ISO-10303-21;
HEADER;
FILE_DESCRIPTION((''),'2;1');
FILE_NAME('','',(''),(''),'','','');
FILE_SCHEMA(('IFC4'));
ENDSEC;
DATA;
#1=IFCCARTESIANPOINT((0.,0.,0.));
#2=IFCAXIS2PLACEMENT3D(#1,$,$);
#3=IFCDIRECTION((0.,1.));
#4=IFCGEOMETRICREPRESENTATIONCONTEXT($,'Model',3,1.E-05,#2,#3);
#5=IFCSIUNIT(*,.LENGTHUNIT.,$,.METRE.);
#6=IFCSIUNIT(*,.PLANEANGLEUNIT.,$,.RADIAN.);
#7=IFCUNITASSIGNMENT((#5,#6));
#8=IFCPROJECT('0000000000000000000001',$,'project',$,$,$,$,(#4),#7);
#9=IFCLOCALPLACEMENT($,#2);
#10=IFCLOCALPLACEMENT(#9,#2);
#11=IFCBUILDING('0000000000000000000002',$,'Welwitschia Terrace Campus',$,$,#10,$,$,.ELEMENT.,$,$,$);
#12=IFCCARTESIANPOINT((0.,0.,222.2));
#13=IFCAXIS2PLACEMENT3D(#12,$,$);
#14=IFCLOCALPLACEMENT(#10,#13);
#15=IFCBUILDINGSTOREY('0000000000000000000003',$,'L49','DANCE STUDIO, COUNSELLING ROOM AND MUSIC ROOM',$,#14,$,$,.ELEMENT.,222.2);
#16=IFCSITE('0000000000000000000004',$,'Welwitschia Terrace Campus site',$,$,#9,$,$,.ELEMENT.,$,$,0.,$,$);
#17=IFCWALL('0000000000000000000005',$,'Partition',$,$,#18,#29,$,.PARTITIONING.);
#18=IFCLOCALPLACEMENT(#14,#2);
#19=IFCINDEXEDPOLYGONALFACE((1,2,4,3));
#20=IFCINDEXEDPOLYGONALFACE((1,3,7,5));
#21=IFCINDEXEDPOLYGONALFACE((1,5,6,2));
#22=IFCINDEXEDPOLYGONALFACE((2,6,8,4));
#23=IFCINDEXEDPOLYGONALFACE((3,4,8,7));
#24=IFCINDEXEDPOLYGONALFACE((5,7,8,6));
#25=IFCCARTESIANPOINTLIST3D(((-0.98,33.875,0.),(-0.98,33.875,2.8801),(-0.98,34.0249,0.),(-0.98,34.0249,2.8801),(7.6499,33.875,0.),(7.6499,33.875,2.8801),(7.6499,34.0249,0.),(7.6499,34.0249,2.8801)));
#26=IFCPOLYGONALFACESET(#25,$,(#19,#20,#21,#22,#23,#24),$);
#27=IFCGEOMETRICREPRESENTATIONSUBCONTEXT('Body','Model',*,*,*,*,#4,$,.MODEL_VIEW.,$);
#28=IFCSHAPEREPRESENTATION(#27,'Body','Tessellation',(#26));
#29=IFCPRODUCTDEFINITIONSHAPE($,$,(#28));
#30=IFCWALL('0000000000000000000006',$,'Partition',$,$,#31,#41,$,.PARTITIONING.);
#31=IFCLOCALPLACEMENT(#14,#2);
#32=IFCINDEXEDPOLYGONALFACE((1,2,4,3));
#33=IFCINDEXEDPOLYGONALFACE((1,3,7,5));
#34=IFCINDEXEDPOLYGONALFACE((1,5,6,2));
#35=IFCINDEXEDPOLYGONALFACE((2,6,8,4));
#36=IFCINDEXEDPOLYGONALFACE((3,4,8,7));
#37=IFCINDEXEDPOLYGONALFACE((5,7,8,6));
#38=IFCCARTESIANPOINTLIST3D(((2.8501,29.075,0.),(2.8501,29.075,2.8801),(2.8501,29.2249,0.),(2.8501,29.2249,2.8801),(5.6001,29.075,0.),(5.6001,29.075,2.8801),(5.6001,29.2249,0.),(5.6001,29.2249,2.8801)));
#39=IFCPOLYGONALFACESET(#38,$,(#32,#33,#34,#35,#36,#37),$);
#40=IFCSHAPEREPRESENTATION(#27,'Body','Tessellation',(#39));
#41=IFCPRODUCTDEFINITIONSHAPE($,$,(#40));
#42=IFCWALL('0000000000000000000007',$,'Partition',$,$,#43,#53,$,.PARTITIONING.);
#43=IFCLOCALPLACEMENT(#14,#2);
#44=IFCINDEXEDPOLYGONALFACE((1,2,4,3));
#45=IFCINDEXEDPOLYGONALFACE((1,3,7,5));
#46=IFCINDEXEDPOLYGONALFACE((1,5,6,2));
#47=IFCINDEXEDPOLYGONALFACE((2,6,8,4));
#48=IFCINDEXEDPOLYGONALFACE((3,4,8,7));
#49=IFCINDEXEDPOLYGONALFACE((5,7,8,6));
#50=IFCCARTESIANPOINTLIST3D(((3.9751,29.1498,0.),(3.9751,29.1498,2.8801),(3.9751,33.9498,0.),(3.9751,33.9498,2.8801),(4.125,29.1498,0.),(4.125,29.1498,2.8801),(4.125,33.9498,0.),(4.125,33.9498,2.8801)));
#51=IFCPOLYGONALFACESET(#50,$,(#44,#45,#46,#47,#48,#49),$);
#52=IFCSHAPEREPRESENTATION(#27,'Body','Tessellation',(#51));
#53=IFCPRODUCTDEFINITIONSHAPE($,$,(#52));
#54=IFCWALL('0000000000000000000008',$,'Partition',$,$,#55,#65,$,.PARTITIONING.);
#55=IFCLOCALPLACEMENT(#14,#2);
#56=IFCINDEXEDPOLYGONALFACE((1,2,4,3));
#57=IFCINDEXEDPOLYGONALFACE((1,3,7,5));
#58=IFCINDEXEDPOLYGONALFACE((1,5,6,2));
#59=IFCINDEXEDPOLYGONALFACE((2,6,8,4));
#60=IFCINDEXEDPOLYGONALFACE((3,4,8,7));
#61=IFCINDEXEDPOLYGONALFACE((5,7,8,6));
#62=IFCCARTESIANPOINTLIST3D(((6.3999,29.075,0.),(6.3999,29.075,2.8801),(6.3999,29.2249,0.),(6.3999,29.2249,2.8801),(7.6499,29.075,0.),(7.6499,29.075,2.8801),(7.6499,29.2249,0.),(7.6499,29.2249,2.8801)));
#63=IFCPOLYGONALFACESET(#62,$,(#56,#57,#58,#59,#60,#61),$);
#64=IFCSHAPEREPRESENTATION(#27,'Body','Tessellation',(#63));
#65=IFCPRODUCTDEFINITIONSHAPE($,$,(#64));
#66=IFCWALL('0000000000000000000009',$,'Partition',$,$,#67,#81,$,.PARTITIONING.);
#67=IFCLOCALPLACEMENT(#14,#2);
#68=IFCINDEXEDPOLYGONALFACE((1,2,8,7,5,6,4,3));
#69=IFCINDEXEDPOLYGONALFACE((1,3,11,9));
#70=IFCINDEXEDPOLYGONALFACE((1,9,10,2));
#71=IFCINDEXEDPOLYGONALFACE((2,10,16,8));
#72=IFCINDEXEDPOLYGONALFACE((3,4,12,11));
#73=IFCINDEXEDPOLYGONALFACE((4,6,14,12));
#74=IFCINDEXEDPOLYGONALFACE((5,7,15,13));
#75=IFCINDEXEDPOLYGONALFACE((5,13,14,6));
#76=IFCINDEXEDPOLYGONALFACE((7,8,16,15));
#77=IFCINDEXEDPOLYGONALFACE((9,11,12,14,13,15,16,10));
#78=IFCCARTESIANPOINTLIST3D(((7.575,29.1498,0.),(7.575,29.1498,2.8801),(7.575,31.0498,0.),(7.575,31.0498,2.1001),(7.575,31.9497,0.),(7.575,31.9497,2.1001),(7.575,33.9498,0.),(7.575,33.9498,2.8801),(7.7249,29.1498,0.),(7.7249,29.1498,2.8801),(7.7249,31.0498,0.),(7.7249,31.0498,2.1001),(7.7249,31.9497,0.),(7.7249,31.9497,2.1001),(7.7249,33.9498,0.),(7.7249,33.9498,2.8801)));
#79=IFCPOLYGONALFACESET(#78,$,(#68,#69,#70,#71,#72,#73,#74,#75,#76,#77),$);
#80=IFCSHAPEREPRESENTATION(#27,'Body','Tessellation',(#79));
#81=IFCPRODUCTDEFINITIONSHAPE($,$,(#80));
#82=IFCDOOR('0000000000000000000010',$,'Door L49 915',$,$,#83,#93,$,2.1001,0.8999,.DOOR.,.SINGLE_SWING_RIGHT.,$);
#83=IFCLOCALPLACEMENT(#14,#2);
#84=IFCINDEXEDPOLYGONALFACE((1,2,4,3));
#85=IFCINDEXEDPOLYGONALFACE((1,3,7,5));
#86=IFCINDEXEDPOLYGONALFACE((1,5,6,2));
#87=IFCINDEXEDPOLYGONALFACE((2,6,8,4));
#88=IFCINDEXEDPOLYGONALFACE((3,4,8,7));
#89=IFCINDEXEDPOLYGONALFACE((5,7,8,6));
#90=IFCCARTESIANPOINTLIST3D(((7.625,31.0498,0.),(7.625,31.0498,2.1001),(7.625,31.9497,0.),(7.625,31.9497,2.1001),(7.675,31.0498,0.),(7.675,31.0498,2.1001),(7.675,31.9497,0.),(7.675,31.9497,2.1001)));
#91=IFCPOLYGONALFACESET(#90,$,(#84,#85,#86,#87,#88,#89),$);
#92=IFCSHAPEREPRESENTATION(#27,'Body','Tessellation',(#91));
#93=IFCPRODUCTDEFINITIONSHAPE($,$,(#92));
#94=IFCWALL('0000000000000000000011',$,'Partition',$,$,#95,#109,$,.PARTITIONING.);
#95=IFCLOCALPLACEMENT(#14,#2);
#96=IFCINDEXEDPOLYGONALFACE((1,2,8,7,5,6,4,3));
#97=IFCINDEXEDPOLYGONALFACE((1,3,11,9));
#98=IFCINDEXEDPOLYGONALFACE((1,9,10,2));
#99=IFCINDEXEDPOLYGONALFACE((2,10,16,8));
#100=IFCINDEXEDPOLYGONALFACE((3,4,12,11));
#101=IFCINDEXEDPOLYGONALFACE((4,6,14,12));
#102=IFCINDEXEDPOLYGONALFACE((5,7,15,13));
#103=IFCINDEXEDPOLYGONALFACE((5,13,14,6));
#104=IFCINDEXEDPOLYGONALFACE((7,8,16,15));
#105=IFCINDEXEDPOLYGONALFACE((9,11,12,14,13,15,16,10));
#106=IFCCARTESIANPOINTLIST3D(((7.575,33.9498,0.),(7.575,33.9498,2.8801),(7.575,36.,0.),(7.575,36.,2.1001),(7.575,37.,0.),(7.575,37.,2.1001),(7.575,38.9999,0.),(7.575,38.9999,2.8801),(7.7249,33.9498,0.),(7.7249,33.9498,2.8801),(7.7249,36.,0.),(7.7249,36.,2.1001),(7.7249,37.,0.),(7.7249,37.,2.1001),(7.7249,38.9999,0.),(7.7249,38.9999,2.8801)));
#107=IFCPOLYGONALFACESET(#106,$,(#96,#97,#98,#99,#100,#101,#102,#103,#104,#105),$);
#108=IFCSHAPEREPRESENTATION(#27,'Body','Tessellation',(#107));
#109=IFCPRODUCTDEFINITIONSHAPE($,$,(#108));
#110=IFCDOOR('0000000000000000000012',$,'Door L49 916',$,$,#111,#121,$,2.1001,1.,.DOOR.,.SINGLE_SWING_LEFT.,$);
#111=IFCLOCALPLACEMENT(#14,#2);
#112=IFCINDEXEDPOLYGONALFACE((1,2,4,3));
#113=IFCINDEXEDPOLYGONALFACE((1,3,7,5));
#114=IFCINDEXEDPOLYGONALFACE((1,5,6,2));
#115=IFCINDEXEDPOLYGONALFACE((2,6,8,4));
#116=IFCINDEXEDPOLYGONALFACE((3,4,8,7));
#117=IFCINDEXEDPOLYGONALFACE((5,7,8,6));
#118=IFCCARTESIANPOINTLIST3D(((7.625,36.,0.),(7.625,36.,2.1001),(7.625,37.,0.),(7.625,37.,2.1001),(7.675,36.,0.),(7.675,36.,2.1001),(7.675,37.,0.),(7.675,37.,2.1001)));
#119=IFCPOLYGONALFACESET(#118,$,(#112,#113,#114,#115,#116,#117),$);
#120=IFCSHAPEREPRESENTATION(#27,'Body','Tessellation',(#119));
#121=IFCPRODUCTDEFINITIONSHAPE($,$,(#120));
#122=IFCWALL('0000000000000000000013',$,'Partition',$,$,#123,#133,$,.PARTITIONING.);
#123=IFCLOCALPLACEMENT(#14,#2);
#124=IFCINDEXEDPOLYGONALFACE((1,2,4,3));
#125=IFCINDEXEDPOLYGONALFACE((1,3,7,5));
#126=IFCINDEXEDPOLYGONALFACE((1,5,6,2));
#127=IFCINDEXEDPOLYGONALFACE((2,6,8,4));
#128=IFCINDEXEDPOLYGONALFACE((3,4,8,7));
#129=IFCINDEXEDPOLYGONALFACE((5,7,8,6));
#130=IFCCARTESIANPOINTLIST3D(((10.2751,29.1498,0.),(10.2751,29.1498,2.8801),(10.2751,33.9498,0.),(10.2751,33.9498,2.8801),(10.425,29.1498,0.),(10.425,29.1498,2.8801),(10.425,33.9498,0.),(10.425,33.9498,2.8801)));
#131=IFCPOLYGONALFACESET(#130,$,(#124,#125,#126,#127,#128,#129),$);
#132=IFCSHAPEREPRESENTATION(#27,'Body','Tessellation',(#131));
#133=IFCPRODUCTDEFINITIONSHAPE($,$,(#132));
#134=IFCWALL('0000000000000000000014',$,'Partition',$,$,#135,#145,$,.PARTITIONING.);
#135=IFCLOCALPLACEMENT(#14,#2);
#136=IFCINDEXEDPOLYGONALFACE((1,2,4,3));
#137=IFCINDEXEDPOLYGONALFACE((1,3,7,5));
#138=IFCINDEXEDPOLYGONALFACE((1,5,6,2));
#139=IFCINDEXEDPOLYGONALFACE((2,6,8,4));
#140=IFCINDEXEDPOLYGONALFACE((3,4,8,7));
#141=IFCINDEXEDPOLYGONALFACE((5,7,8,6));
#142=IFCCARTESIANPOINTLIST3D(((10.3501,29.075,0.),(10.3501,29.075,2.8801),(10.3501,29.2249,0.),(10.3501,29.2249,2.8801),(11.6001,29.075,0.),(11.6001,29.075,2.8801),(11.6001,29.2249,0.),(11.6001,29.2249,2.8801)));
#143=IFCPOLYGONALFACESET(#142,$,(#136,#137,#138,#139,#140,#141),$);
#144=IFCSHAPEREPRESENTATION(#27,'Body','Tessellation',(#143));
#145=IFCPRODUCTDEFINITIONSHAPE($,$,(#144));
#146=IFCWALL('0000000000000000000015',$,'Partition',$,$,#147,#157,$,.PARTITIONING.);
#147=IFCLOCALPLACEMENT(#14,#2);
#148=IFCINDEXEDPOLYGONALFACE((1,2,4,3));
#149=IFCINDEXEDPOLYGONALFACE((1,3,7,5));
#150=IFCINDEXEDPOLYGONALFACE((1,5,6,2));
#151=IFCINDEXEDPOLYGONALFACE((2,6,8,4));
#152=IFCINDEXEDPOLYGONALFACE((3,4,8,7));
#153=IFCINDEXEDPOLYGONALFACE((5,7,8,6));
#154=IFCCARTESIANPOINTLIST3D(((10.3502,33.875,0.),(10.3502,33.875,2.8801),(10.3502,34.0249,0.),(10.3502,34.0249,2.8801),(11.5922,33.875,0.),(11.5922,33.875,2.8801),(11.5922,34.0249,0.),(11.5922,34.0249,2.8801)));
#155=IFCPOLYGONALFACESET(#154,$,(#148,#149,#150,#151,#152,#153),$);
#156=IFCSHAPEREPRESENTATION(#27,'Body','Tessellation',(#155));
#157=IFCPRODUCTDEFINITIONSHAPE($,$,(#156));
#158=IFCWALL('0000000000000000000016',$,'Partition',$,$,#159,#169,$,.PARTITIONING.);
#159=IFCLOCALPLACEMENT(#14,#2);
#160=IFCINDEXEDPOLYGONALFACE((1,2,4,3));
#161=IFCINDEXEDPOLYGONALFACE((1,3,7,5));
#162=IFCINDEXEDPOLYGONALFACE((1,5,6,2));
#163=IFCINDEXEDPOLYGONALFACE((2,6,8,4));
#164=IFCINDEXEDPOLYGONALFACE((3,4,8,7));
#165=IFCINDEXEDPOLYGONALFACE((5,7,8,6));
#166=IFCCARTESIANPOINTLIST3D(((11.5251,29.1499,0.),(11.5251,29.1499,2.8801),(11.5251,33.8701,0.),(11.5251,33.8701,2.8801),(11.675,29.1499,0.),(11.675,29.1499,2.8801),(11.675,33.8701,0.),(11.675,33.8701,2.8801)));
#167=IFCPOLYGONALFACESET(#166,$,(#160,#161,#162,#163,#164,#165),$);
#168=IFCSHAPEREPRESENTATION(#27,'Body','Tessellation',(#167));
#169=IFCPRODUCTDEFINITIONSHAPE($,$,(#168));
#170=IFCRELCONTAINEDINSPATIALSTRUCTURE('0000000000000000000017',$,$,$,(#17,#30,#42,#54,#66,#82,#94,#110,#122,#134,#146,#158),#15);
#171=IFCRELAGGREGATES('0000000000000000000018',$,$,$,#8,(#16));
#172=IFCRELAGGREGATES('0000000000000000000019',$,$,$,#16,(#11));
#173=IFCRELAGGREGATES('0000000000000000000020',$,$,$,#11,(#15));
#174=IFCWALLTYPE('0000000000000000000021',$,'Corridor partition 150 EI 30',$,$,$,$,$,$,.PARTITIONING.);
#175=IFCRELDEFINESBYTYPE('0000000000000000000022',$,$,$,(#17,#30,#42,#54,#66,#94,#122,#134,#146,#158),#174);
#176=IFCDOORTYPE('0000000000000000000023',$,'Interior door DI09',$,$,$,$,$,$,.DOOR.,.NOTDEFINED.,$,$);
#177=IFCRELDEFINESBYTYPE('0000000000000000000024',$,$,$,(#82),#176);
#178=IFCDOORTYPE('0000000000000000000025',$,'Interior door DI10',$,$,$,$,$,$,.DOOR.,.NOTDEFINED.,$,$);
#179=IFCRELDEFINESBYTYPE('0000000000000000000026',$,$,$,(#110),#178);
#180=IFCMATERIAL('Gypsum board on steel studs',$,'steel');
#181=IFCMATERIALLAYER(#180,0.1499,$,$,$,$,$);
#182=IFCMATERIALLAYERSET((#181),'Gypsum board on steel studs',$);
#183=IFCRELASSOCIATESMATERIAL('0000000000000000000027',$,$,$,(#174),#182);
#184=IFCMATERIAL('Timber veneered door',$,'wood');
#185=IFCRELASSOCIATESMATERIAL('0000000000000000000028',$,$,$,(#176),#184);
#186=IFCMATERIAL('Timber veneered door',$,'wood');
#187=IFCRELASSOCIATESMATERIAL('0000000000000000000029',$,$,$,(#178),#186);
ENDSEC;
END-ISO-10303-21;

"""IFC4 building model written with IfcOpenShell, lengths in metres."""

from ifc_helpers import new_model, si_unit, direction, frame, frame_2d, origin, place, context, subcontext, project, spatial, rectangle, extrude, material, layer, layer_set, type_object, element, fill, save


model = new_model("IFC4")

# Units and contexts
model_context = context("Model", 3, precision=1e-05, world=origin(), true_north=direction((0.0, 1.0)))
body_context = subcontext(model_context, "Body", "Model", "MODEL_VIEW")
ifc_project = project(units=[si_unit("LENGTHUNIT", "METRE"), si_unit("PLANEANGLEUNIT", "RADIAN")], contexts=[model_context])

# Site, building, storey
site_placement = place(None, origin())
site = spatial("IfcSite", under=ifc_project, at=site_placement, Name="Welwitschia Terrace Campus site", CompositionType="ELEMENT", RefElevation=0.0)
building_placement = place(site_placement, origin())
building = spatial("IfcBuilding", under=site, at=building_placement, Name="Welwitschia Terrace Campus", CompositionType="ELEMENT")
storey_placement = place(building_placement, frame((0.0, 0.0, 222.2)))
storey = spatial("IfcBuildingStorey", under=building, at=storey_placement, Name="L49", Description="DANCE STUDIO, COUNSELLING ROOM AND MUSIC ROOM", CompositionType="ELEMENT", Elevation=222.2)

# Walls
ifc_material_1 = material(Name="Gypsum board on steel studs", Category="steel")
ifc_layer_1 = layer(ifc_material_1, 0.1499)
ifc_layer_set_1 = layer_set([ifc_layer_1], Name="Gypsum board on steel studs")
wall_type = type_object("IfcWallType", Name="Corridor partition 150 EI 30", PredefinedType="PARTITIONING", material=ifc_layer_set_1)
wall_1_placement = place(storey_placement, frame((-0.98, 33.95, 0.0), z_axis=(0.0, 0.0, 1.0), x_axis=(1.0, 0.0, 0.0)))
element("IfcWall", 1, at=wall_1_placement, inside=storey, type_object=wall_type, Name="Partition", PredefinedType="PARTITIONING", context=body_context, shape_type="SweptSolid", body=[
    extrude(rectangle(XDim=8.6299, YDim=0.1499, at=frame_2d((4.3149, 0.0))), origin(), (0.0, 0.0, 1.0), 2.8801),
])
wall_2_placement = place(storey_placement, frame((2.8501, 29.1499, 0.0), z_axis=(0.0, 0.0, 1.0), x_axis=(1.0, 0.0, 0.0)))
element("IfcWall", 2, at=wall_2_placement, inside=storey, type_object=wall_type, Name="Partition", PredefinedType="PARTITIONING", context=body_context, shape_type="SweptSolid", body=[
    extrude(rectangle(XDim=2.75, YDim=0.1499, at=frame_2d((1.375, 0.0))), origin(), (0.0, 0.0, 1.0), 2.8801),
])
wall_3_placement = place(storey_placement, frame((4.05, 29.1499, 0.0), z_axis=(0.0, 0.0, 1.0), x_axis=(0.0, 1.0, 0.0)))
element("IfcWall", 3, at=wall_3_placement, inside=storey, type_object=wall_type, Name="Partition", PredefinedType="PARTITIONING", context=body_context, shape_type="SweptSolid", body=[
    extrude(rectangle(XDim=4.8, YDim=0.1499, at=frame_2d((2.3999, 0.0))), origin(), (0.0, 0.0, 1.0), 2.8801),
])
wall_4_placement = place(storey_placement, frame((6.3999, 29.1499, 0.0), z_axis=(0.0, 0.0, 1.0), x_axis=(1.0, 0.0, 0.0)))
element("IfcWall", 4, at=wall_4_placement, inside=storey, type_object=wall_type, Name="Partition", PredefinedType="PARTITIONING", context=body_context, shape_type="SweptSolid", body=[
    extrude(rectangle(XDim=1.25, YDim=0.1499, at=frame_2d((0.625, 0.0))), origin(), (0.0, 0.0, 1.0), 2.8801),
])

# Walls, openings, doors
wall_5_placement = place(storey_placement, frame((7.6499, 29.1499, 0.0), z_axis=(0.0, 0.0, 1.0), x_axis=(0.0, 1.0, 0.0)))
wall_5 = element("IfcWall", 5, at=wall_5_placement, inside=storey, type_object=wall_type, Name="Partition", PredefinedType="PARTITIONING", context=body_context, shape_type="SweptSolid", body=[
    extrude(rectangle(XDim=4.8, YDim=0.1499, at=frame_2d((2.3999, 0.0))), origin(), (0.0, 0.0, 1.0), 2.8801),
])
opening_1_placement = place(wall_5_placement, frame((1.8999, 0.0, 0.0)))
opening_1 = element("IfcOpeningElement", 6, at=opening_1_placement, cuts=wall_5, PredefinedType="OPENING", context=body_context, shape_type="SweptSolid", body=[
    extrude(rectangle(XDim=0.8999, YDim=2.1001, at=frame_2d((0.45, 1.05))), frame((0.0, 0.085, 0.0), z_axis=(0.0, -1.0, 0.0), x_axis=(1.0, 0.0, 0.0)), (0.0, 0.0, 1.0), 0.1699),
])
ifc_material_2 = material(Name="Timber veneered door", Category="wood")
door_type_1 = type_object("IfcDoorType", Name="Interior door DI09", OperationType="NOTDEFINED", PredefinedType="DOOR", material=ifc_material_2)
door_1_placement = place(opening_1_placement, origin())
door_1 = element("IfcDoor", 7, at=door_1_placement, inside=storey, type_object=door_type_1, Name="Door L49 915", OperationType="SINGLE_SWING_RIGHT", OverallHeight=2.1001, OverallWidth=0.8999, PredefinedType="DOOR", context=body_context, shape_type="SweptSolid", body=[
    extrude(rectangle(XDim=0.8999, YDim=2.1001, at=frame_2d((0.45, 1.05))), frame((0.0, 0.0249, 0.0), z_axis=(0.0, -1.0, 0.0), x_axis=(1.0, 0.0, 0.0)), (0.0, 0.0, 1.0), 0.05),
])
fill(opening_1, door_1)
wall_6_placement = place(storey_placement, frame((7.6499, 33.95, 0.0), z_axis=(0.0, 0.0, 1.0), x_axis=(0.0, 1.0, 0.0)))
wall_6 = element("IfcWall", 8, at=wall_6_placement, inside=storey, type_object=wall_type, Name="Partition", PredefinedType="PARTITIONING", context=body_context, shape_type="SweptSolid", body=[
    extrude(rectangle(XDim=5.05, YDim=0.1499, at=frame_2d((2.5249, 0.0))), origin(), (0.0, 0.0, 1.0), 2.8801),
])
opening_2_placement = place(wall_6_placement, frame((2.05, 0.0, 0.0)))
opening_2 = element("IfcOpeningElement", 9, at=opening_2_placement, cuts=wall_6, PredefinedType="OPENING", context=body_context, shape_type="SweptSolid", body=[
    extrude(rectangle(XDim=1.0, YDim=2.1001, at=frame_2d((0.5, 1.05))), frame((0.0, 0.085, 0.0), z_axis=(0.0, -1.0, 0.0), x_axis=(1.0, 0.0, 0.0)), (0.0, 0.0, 1.0), 0.1699),
])
ifc_material_3 = material(Name="Timber veneered door", Category="wood")
door_type_2 = type_object("IfcDoorType", Name="Interior door DI10", OperationType="NOTDEFINED", PredefinedType="DOOR", material=ifc_material_3)
door_2_placement = place(opening_2_placement, origin())
door_2 = element("IfcDoor", 10, at=door_2_placement, inside=storey, type_object=door_type_2, Name="Door L49 916", OperationType="SINGLE_SWING_LEFT", OverallHeight=2.1001, OverallWidth=1.0, PredefinedType="DOOR", context=body_context, shape_type="SweptSolid", body=[
    extrude(rectangle(XDim=1.0, YDim=2.1001, at=frame_2d((0.5, 1.05))), frame((0.0, 0.0249, 0.0), z_axis=(0.0, -1.0, 0.0), x_axis=(1.0, 0.0, 0.0)), (0.0, 0.0, 1.0), 0.05),
])
fill(opening_2, door_2)

# Walls
wall_7_placement = place(storey_placement, frame((10.3501, 29.1499, 0.0), z_axis=(0.0, 0.0, 1.0), x_axis=(0.0, 1.0, 0.0)))
element("IfcWall", 11, at=wall_7_placement, inside=storey, type_object=wall_type, Name="Partition", PredefinedType="PARTITIONING", context=body_context, shape_type="SweptSolid", body=[
    extrude(rectangle(XDim=4.8, YDim=0.1499, at=frame_2d((2.3999, 0.0))), origin(), (0.0, 0.0, 1.0), 2.8801),
])
wall_8_placement = place(storey_placement, frame((10.3501, 29.1499, 0.0), z_axis=(0.0, 0.0, 1.0), x_axis=(1.0, 0.0, 0.0)))
element("IfcWall", 12, at=wall_8_placement, inside=storey, type_object=wall_type, Name="Partition", PredefinedType="PARTITIONING", context=body_context, shape_type="SweptSolid", body=[
    extrude(rectangle(XDim=1.25, YDim=0.1499, at=frame_2d((0.625, 0.0))), origin(), (0.0, 0.0, 1.0), 2.8801),
])
wall_9_placement = place(storey_placement, frame((10.3501, 33.95, 0.0), z_axis=(0.0, 0.0, 1.0), x_axis=(1.0, 0.0, 0.0)))
element("IfcWall", 13, at=wall_9_placement, inside=storey, type_object=wall_type, Name="Partition", PredefinedType="PARTITIONING", context=body_context, shape_type="SweptSolid", body=[
    extrude(rectangle(XDim=1.2419, YDim=0.1499, at=frame_2d((0.6211, 0.0))), origin(), (0.0, 0.0, 1.0), 2.8801),
])
wall_10_placement = place(storey_placement, frame((11.6001, 29.1499, 0.0), z_axis=(0.0, 0.0, 1.0), x_axis=(0.0, 1.0, 0.0)))
element("IfcWall", 14, at=wall_10_placement, inside=storey, type_object=wall_type, Name="Partition", PredefinedType="PARTITIONING", context=body_context, shape_type="SweptSolid", body=[
    extrude(rectangle(XDim=4.7202, YDim=0.1499, at=frame_2d((2.3601, 0.0))), origin(), (0.0, 0.0, 1.0), 2.8801),
])

save(model, "model.ifc")
